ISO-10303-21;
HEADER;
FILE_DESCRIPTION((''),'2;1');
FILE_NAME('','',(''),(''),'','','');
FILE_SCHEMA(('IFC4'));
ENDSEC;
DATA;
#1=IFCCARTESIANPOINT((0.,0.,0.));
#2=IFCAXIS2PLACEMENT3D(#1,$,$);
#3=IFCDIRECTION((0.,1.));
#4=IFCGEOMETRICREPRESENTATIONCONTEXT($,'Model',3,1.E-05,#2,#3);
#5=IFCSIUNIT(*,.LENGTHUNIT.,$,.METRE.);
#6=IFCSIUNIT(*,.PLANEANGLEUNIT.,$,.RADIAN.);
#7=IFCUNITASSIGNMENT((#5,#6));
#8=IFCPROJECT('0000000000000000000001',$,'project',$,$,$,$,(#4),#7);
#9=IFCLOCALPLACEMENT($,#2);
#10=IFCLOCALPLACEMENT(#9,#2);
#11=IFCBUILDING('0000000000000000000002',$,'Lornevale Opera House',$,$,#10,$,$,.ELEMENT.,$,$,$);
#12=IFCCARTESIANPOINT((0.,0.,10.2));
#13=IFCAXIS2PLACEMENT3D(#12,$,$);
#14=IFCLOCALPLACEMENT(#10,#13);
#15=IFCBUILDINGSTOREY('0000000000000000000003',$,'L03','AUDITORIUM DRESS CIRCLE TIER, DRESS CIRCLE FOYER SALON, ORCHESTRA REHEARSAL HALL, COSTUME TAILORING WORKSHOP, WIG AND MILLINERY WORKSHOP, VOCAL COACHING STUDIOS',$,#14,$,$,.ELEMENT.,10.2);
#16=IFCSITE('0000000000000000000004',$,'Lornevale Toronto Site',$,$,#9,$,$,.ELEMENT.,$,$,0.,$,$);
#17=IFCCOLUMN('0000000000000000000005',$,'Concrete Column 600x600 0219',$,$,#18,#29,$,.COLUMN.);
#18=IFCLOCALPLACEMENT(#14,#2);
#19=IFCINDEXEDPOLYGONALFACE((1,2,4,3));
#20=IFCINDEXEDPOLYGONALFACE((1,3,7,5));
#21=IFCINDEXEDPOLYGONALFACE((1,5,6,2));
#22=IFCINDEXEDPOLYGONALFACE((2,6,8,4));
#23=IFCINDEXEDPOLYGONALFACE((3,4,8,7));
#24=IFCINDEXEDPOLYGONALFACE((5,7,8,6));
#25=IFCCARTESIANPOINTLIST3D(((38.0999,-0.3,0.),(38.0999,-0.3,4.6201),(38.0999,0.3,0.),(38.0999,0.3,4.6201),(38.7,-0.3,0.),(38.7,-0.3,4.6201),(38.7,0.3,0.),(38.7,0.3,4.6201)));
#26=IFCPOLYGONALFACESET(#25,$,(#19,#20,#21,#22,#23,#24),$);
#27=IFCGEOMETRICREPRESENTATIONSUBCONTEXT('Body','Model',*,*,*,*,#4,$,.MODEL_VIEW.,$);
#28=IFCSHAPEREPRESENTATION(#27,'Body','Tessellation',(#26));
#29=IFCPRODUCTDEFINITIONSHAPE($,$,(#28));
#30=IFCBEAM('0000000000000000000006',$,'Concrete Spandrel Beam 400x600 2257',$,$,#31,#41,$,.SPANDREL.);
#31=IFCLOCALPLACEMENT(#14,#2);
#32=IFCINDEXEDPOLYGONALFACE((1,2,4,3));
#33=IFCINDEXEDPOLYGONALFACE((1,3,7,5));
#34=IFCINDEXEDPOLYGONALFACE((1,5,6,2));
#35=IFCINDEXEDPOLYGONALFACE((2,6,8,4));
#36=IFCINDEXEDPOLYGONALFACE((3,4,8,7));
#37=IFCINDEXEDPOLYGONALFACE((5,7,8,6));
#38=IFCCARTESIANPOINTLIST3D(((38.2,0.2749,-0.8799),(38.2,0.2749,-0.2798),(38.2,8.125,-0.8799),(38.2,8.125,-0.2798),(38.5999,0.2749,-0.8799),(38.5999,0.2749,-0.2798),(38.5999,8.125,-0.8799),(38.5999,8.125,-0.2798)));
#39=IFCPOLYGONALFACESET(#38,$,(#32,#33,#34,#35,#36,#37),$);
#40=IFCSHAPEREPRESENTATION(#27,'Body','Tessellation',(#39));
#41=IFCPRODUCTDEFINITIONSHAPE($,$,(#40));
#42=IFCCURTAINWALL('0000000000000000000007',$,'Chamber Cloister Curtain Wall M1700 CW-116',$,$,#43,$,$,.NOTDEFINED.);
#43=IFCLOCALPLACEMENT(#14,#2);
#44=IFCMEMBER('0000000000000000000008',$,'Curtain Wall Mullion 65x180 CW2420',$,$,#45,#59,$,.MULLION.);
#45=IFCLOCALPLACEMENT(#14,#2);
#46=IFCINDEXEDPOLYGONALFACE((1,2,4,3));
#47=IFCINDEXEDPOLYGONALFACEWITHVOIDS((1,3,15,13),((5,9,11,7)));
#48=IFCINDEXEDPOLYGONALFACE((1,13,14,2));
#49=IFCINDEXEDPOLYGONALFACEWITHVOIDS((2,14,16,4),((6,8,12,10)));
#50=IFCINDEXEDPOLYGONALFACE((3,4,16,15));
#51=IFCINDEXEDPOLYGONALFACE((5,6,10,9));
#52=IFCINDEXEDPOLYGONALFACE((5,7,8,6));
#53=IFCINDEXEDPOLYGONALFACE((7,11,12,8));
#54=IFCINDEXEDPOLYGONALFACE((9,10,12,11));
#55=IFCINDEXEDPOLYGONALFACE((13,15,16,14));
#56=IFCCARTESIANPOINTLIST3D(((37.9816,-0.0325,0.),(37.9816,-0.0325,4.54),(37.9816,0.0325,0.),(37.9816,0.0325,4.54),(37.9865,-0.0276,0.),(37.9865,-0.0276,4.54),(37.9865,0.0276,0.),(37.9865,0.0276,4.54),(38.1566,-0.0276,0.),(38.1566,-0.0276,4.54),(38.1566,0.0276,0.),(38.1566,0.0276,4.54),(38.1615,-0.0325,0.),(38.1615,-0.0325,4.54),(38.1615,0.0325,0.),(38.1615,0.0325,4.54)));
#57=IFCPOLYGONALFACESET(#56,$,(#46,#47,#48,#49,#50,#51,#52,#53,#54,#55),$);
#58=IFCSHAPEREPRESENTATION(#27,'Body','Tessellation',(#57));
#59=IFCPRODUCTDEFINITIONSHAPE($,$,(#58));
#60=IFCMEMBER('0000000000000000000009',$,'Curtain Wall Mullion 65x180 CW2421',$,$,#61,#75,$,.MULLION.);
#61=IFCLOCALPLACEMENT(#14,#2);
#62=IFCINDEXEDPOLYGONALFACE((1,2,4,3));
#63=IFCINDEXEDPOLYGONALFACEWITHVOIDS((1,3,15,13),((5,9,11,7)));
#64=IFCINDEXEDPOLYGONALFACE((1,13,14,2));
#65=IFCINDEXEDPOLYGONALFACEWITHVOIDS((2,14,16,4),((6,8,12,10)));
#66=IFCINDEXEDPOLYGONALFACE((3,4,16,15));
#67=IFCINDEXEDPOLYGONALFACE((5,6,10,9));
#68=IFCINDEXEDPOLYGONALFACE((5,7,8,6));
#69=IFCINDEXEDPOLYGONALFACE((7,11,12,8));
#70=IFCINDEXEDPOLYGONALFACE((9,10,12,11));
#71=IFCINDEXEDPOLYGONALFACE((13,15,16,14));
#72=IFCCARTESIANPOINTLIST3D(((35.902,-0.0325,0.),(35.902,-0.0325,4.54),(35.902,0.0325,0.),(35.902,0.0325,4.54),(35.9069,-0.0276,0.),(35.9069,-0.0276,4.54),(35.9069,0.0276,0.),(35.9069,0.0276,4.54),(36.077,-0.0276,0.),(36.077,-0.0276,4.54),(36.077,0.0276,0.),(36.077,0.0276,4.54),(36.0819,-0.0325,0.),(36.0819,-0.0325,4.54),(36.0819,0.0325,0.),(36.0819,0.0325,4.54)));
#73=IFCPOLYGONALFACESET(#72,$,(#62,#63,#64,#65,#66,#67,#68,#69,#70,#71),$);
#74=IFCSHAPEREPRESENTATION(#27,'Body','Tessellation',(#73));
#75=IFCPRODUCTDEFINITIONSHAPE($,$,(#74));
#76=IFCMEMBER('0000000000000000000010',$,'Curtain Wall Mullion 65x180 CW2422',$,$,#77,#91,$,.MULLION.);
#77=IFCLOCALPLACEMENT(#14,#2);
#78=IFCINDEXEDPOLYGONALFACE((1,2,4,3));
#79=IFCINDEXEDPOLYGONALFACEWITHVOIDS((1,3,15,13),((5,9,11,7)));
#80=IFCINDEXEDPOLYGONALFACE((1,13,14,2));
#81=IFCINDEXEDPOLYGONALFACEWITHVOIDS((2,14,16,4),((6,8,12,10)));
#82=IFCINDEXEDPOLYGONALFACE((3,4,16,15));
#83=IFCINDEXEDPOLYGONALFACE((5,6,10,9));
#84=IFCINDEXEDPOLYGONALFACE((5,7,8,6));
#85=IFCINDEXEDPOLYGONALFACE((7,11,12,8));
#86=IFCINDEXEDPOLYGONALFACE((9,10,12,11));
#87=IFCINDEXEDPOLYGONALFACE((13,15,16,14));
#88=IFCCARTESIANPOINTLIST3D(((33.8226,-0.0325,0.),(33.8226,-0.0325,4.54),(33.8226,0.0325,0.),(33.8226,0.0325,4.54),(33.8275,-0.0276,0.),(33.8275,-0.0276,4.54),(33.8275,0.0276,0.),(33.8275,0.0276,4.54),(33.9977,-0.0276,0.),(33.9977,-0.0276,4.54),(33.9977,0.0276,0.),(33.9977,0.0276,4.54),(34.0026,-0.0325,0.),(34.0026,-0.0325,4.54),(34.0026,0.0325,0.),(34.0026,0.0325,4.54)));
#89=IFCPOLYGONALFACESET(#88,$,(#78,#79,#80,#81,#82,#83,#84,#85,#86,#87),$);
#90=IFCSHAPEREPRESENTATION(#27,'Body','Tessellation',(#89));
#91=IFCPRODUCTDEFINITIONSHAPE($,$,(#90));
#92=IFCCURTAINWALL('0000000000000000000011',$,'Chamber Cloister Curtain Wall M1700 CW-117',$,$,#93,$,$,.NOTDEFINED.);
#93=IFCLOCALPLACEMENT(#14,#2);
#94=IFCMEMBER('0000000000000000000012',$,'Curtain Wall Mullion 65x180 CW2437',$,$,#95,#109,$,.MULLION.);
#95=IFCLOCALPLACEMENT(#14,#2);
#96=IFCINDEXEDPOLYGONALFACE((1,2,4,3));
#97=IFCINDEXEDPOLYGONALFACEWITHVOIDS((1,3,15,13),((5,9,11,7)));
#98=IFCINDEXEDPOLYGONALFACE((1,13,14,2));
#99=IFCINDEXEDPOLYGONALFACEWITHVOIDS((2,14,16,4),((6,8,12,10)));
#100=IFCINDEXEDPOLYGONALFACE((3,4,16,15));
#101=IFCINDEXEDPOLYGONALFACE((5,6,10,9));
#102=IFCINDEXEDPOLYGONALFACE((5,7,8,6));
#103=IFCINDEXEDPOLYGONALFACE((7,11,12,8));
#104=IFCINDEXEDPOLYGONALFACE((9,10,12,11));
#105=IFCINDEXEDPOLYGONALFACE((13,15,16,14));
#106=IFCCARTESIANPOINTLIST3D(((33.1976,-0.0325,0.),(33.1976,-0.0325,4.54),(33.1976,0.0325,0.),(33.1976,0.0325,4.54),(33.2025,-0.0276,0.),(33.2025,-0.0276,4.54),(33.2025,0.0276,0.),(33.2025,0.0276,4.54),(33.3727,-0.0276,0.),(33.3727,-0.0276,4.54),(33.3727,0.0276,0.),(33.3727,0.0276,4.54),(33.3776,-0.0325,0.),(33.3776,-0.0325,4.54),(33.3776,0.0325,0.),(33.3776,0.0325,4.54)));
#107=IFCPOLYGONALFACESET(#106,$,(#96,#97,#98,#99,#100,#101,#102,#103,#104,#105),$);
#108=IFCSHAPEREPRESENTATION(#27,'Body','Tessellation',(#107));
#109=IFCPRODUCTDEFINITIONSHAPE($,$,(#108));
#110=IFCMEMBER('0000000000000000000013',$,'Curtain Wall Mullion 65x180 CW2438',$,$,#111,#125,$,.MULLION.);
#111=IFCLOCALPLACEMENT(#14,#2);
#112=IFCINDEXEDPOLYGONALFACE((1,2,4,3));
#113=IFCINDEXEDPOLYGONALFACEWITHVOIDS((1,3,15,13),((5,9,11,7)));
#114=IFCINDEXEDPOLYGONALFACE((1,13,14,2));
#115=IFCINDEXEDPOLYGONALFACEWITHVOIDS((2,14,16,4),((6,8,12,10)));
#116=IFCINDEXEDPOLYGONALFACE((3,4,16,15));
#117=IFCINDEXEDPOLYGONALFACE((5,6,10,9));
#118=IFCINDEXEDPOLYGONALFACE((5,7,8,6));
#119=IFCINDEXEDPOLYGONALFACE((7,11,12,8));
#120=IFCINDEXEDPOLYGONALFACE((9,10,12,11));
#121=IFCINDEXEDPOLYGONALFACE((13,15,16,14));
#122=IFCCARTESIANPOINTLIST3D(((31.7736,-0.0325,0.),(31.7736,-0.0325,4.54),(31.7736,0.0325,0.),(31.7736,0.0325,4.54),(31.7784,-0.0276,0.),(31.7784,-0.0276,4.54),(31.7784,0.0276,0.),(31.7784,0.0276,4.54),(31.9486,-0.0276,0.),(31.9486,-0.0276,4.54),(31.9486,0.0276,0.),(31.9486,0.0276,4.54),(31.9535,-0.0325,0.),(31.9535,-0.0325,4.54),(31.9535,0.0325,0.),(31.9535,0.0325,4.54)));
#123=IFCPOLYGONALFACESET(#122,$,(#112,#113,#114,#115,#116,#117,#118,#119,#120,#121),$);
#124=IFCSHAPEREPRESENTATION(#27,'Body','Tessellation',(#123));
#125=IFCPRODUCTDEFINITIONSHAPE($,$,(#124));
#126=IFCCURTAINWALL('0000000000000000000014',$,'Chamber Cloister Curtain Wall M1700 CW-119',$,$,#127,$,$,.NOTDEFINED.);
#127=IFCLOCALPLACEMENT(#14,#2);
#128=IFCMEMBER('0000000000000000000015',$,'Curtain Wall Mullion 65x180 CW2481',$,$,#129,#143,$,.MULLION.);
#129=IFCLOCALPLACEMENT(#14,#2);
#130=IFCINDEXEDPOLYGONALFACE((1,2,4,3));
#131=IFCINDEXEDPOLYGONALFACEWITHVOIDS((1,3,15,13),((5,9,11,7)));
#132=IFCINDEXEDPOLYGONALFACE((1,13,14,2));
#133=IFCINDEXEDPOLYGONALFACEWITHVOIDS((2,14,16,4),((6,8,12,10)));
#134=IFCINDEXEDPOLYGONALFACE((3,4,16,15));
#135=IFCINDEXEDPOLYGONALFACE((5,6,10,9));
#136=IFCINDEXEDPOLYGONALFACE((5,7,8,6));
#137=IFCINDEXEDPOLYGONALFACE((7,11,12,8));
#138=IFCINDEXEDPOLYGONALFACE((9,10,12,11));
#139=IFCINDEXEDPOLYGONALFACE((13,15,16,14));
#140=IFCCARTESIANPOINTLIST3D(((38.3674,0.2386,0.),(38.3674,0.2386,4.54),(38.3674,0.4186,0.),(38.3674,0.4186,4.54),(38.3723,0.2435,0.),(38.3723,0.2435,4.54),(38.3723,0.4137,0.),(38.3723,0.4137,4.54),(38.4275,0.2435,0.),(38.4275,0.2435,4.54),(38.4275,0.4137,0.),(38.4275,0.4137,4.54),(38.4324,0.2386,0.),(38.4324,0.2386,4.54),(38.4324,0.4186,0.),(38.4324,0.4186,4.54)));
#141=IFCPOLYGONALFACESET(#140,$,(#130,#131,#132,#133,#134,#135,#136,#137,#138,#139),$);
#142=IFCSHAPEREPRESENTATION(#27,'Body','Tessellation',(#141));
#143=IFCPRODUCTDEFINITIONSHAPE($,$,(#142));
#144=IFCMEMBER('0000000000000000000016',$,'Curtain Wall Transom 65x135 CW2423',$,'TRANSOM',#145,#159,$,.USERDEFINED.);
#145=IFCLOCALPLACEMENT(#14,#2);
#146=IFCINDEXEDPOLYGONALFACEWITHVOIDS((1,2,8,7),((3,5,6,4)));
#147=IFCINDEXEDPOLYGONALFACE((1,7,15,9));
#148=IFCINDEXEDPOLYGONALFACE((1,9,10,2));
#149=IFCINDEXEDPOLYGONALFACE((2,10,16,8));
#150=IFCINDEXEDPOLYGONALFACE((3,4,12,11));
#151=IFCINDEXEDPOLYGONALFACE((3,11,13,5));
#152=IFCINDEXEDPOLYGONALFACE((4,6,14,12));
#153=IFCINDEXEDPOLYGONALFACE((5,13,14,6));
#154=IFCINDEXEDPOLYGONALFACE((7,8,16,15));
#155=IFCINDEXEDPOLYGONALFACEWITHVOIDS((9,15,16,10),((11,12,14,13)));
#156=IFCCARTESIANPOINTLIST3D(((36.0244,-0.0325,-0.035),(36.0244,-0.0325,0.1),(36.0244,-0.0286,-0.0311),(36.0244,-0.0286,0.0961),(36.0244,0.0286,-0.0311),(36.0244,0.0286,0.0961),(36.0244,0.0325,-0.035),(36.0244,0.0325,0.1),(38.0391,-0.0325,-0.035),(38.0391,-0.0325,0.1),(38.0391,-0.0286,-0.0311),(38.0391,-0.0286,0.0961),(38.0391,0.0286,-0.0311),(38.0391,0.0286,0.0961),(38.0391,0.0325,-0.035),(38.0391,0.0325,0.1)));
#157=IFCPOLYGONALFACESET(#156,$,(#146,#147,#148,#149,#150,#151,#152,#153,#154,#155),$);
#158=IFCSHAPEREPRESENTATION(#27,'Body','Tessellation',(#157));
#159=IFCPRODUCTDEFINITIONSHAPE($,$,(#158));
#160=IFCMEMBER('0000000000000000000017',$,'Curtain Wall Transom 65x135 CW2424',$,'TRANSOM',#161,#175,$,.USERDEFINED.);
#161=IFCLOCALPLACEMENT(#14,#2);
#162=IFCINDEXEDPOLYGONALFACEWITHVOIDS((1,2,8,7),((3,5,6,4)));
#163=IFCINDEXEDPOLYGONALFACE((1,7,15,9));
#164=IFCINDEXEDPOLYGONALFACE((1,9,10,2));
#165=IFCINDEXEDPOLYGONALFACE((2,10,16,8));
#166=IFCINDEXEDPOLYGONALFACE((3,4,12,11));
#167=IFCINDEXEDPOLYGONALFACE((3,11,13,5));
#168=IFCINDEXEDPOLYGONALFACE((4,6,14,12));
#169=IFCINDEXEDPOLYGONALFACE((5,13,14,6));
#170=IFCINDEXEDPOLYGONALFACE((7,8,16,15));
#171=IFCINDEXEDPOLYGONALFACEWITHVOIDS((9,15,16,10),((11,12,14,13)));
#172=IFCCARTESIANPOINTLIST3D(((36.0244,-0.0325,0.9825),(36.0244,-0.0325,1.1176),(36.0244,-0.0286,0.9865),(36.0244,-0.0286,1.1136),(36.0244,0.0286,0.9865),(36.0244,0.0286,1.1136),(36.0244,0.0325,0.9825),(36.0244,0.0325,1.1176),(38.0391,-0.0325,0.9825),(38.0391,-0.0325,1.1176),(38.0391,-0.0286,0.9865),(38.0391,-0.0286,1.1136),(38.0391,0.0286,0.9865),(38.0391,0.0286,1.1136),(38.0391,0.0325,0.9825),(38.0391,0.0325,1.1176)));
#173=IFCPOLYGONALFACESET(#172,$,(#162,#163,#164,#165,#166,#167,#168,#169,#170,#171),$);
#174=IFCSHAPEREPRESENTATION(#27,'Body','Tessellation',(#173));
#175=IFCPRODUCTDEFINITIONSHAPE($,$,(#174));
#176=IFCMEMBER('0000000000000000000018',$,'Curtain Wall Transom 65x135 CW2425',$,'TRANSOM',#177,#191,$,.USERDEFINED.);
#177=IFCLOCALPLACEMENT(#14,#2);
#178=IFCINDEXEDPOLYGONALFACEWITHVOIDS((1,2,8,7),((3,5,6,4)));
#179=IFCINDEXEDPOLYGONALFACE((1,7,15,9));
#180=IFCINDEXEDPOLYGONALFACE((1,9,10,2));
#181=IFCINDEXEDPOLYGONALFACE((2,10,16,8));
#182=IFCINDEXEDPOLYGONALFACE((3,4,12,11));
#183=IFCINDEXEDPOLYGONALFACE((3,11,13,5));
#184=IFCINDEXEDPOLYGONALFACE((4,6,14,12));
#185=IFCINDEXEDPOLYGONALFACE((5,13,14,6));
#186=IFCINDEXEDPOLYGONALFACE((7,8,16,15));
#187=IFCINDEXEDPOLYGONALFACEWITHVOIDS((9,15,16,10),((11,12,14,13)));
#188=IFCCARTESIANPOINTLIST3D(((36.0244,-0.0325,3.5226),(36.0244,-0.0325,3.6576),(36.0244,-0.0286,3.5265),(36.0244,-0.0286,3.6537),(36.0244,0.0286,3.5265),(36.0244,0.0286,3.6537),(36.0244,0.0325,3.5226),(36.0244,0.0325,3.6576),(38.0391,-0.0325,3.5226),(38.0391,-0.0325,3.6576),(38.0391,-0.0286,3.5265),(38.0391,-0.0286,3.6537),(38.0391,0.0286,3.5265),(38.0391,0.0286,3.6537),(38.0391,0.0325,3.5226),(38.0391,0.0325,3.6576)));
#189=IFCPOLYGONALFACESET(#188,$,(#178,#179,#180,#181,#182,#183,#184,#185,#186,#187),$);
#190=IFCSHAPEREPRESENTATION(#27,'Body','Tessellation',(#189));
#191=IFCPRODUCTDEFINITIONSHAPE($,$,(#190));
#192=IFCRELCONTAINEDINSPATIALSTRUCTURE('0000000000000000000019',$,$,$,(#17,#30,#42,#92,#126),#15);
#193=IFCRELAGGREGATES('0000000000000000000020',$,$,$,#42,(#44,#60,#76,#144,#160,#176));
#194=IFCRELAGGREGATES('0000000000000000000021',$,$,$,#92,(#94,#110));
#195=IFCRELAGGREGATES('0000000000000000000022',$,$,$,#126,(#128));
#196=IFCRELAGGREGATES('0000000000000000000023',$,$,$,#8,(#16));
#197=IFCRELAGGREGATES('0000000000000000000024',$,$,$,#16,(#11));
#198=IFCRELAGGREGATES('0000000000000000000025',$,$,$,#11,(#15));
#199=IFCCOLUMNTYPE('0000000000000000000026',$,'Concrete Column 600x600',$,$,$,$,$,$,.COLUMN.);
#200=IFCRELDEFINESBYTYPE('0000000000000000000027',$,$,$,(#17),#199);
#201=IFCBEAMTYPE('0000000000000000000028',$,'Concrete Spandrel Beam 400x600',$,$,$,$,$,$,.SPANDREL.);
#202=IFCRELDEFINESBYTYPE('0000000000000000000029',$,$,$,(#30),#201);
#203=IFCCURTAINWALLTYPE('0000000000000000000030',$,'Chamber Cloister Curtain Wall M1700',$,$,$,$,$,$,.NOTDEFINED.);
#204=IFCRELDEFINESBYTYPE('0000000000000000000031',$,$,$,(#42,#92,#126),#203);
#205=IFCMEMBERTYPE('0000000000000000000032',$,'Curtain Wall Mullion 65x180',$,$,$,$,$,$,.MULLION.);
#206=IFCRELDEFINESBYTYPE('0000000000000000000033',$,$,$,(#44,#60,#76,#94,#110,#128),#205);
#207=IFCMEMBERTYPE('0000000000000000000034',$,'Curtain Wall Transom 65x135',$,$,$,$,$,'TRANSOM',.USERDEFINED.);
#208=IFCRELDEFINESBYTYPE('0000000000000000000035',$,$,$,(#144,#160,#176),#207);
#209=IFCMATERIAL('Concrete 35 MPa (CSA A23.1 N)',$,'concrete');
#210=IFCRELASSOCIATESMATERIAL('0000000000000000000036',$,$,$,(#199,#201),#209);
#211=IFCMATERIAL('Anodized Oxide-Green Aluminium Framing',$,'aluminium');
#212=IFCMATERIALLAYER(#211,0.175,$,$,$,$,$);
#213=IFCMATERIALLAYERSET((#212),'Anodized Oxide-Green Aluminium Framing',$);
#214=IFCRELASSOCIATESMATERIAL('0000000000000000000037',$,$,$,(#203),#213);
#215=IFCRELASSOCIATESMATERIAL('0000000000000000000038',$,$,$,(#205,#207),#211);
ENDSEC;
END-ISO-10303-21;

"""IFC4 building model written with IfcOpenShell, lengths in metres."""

from ifc_helpers import new_model, si_unit, direction, frame, origin, origin_2d, place, context, subcontext, project, spatial, rectangle, hollow_rectangle, extrude, material, layer, layer_set, material_profile, profile_set, type_object, element, aggregate, save


model = new_model("IFC4")

# Units and contexts
model_context = context("Model", 3, precision=1e-05, world=origin(), true_north=direction((0.0, 1.0)))
body_context = subcontext(model_context, "Body", "Model", "MODEL_VIEW")
ifc_project = project(units=[si_unit("LENGTHUNIT", "METRE"), si_unit("PLANEANGLEUNIT", "RADIAN")], contexts=[model_context])

# Site, building, storey
site_placement = place(None, origin())
site = spatial("IfcSite", under=ifc_project, at=site_placement, Name="Lornevale Toronto Site", CompositionType="ELEMENT", RefElevation=0.0)
building_placement = place(site_placement, origin())
building = spatial("IfcBuilding", under=site, at=building_placement, Name="Lornevale Opera House", CompositionType="ELEMENT")
storey_placement = place(building_placement, frame((0.0, 0.0, 10.2)))
storey = spatial("IfcBuildingStorey", under=building, at=storey_placement, Name="L03", Description="AUDITORIUM DRESS CIRCLE TIER, DRESS CIRCLE FOYER SALON, ORCHESTRA REHEARSAL HALL, COSTUME TAILORING WORKSHOP, WIG AND MILLINERY WORKSHOP, VOCAL COACHING STUDIOS", CompositionType="ELEMENT", Elevation=10.2)

# Column
ifc_material_1 = material(Name="Concrete 35 MPa (CSA A23.1 N)", Category="concrete")
ifc_material_profile_1 = material_profile(ifc_material_1, rectangle(XDim=0.6001, YDim=0.6001, at=origin_2d()), Name="RC600x600")
ifc_profile_set_1 = profile_set([ifc_material_profile_1], Name="Concrete 35 MPa (CSA A23.1 N)")
column_type = type_object("IfcColumnType", Name="Concrete Column 600x600", PredefinedType="COLUMN", material=ifc_profile_set_1)
column_placement = place(storey_placement, frame((38.3999, 0.0, 0.0), z_axis=(0.0, 0.0, 1.0), x_axis=(1.0, 0.0, 0.0)))
element("IfcColumn", 1, at=column_placement, inside=storey, type_object=column_type, Name="Concrete Column 600x600 0219", PredefinedType="COLUMN", context=body_context, shape_type="SweptSolid", body=[
    extrude(rectangle(XDim=0.6001, YDim=0.6001, at=origin_2d()), origin(), (0.0, 0.0, 1.0), 4.6201),
])

# Beam
ifc_material_profile_2 = material_profile(ifc_material_1, rectangle(XDim=0.3999, YDim=0.6001, at=origin_2d()), Name="RC400x600")
ifc_profile_set_2 = profile_set([ifc_material_profile_2], Name="Concrete 35 MPa (CSA A23.1 N)")
beam_type = type_object("IfcBeamType", Name="Concrete Spandrel Beam 400x600", PredefinedType="SPANDREL", material=ifc_profile_set_2)
beam_placement = place(storey_placement, frame((38.3999, 0.2749, -0.5798), z_axis=(0.0, 1.0, 0.0), x_axis=(-1.0, 0.0, 0.0)))
element("IfcBeam", 2, at=beam_placement, inside=storey, type_object=beam_type, Name="Concrete Spandrel Beam 400x600 2257", PredefinedType="SPANDREL", context=body_context, shape_type="SweptSolid", body=[
    extrude(rectangle(XDim=0.3999, YDim=0.6001, at=origin_2d()), origin(), (0.0, 0.0, 1.0), 7.8501),
])

# Curtain walls, members
ifc_material_2 = material(Name="Anodized Oxide-Green Aluminium Framing", Category="aluminium")
ifc_layer_1 = layer(ifc_material_2, 0.175)
ifc_layer_set_1 = layer_set([ifc_layer_1], Name="Anodized Oxide-Green Aluminium Framing")
curtain_wall_type = type_object("IfcCurtainWallType", Name="Chamber Cloister Curtain Wall M1700", PredefinedType="NOTDEFINED", material=ifc_layer_set_1)
curtain_wall_1_placement = place(storey_placement, origin())
curtain_wall_1 = element("IfcCurtainWall", 3, at=curtain_wall_1_placement, inside=storey, type_object=curtain_wall_type, Name="Chamber Cloister Curtain Wall M1700 CW-116", PredefinedType="NOTDEFINED")
ifc_material_profile_3 = material_profile(ifc_material_2, hollow_rectangle(XDim=0.0649, YDim=0.1799, WallThickness=0.0049, at=origin_2d()), Name="ALU65x180x5")
ifc_profile_set_3 = profile_set([ifc_material_profile_3], Name="Anodized Oxide-Green Aluminium Framing")
member_type_1 = type_object("IfcMemberType", Name="Curtain Wall Mullion 65x180", PredefinedType="MULLION", material=ifc_profile_set_3)
member_1_placement = place(storey_placement, frame((38.0715, 0.0, 0.0), z_axis=(0.0, 0.0, 1.0), x_axis=(0.0, -1.0, 0.0)))
member_1 = element("IfcMember", 4, at=member_1_placement, type_object=member_type_1, Name="Curtain Wall Mullion 65x180 CW2420", PredefinedType="MULLION", context=body_context, shape_type="SweptSolid", body=[
    extrude(hollow_rectangle(XDim=0.0649, YDim=0.1799, WallThickness=0.0049, at=origin_2d()), origin(), (0.0, 0.0, 1.0), 4.54),
])
member_2_placement = place(storey_placement, frame((35.9919, 0.0, 0.0), z_axis=(0.0, 0.0, 1.0), x_axis=(0.0, -1.0, 0.0)))
member_2 = element("IfcMember", 5, at=member_2_placement, type_object=member_type_1, Name="Curtain Wall Mullion 65x180 CW2421", PredefinedType="MULLION", context=body_context, shape_type="SweptSolid", body=[
    extrude(hollow_rectangle(XDim=0.0649, YDim=0.1799, WallThickness=0.0049, at=origin_2d()), origin(), (0.0, 0.0, 1.0), 4.54),
])
member_3_placement = place(storey_placement, frame((33.9126, 0.0, 0.0), z_axis=(0.0, 0.0, 1.0), x_axis=(0.0, -1.0, 0.0)))
member_3 = element("IfcMember", 6, at=member_3_placement, type_object=member_type_1, Name="Curtain Wall Mullion 65x180 CW2422", PredefinedType="MULLION", context=body_context, shape_type="SweptSolid", body=[
    extrude(hollow_rectangle(XDim=0.0649, YDim=0.1799, WallThickness=0.0049, at=origin_2d()), origin(), (0.0, 0.0, 1.0), 4.54),
])
curtain_wall_2_placement = place(storey_placement, origin())
curtain_wall_2 = element("IfcCurtainWall", 7, at=curtain_wall_2_placement, inside=storey, type_object=curtain_wall_type, Name="Chamber Cloister Curtain Wall M1700 CW-117", PredefinedType="NOTDEFINED")
member_4_placement = place(storey_placement, frame((33.2876, 0.0, 0.0), z_axis=(0.0, 0.0, 1.0), x_axis=(0.0, -1.0, 0.0)))
member_4 = element("IfcMember", 8, at=member_4_placement, type_object=member_type_1, Name="Curtain Wall Mullion 65x180 CW2437", PredefinedType="MULLION", context=body_context, shape_type="SweptSolid", body=[
    extrude(hollow_rectangle(XDim=0.0649, YDim=0.1799, WallThickness=0.0049, at=origin_2d()), origin(), (0.0, 0.0, 1.0), 4.54),
])
member_5_placement = place(storey_placement, frame((31.8635, 0.0, 0.0), z_axis=(0.0, 0.0, 1.0), x_axis=(0.0, -1.0, 0.0)))
member_5 = element("IfcMember", 9, at=member_5_placement, type_object=member_type_1, Name="Curtain Wall Mullion 65x180 CW2438", PredefinedType="MULLION", context=body_context, shape_type="SweptSolid", body=[
    extrude(hollow_rectangle(XDim=0.0649, YDim=0.1799, WallThickness=0.0049, at=origin_2d()), origin(), (0.0, 0.0, 1.0), 4.54),
])

# Curtain wall, member
curtain_wall_3_placement = place(storey_placement, origin())
curtain_wall_3 = element("IfcCurtainWall", 10, at=curtain_wall_3_placement, inside=storey, type_object=curtain_wall_type, Name="Chamber Cloister Curtain Wall M1700 CW-119", PredefinedType="NOTDEFINED")
member_6_placement = place(storey_placement, frame((38.3999, 0.3286, 0.0), z_axis=(0.0, 0.0, 1.0), x_axis=(1.0, 0.0, 0.0)))
member_6 = element("IfcMember", 11, at=member_6_placement, type_object=member_type_1, Name="Curtain Wall Mullion 65x180 CW2481", PredefinedType="MULLION", context=body_context, shape_type="SweptSolid", body=[
    extrude(hollow_rectangle(XDim=0.0649, YDim=0.1799, WallThickness=0.0049, at=origin_2d()), origin(), (0.0, 0.0, 1.0), 4.54),
])

# Members
ifc_material_profile_4 = material_profile(ifc_material_2, hollow_rectangle(XDim=0.0649, YDim=0.135, WallThickness=0.0039, at=origin_2d()), Name="ALU65x135x4")
ifc_profile_set_4 = profile_set([ifc_material_profile_4], Name="Anodized Oxide-Green Aluminium Framing")
member_type_2 = type_object("IfcMemberType", Name="Curtain Wall Transom 65x135", ElementType="TRANSOM", PredefinedType="USERDEFINED", material=ifc_profile_set_4)
member_7_placement = place(storey_placement, frame((38.0391, 0.0, 0.0325), z_axis=(-1.0, 0.0, 0.0), x_axis=(0.0, -1.0, 0.0)))
member_7 = element("IfcMember", 12, at=member_7_placement, type_object=member_type_2, Name="Curtain Wall Transom 65x135 CW2423", ObjectType="TRANSOM", PredefinedType="USERDEFINED", context=body_context, shape_type="SweptSolid", body=[
    extrude(hollow_rectangle(XDim=0.0649, YDim=0.135, WallThickness=0.0039, at=origin_2d()), origin(), (0.0, 0.0, 1.0), 2.0146),
])
member_8_placement = place(storey_placement, frame((38.0391, 0.0, 1.05), z_axis=(-1.0, 0.0, 0.0), x_axis=(0.0, -1.0, 0.0)))
member_8 = element("IfcMember", 13, at=member_8_placement, type_object=member_type_2, Name="Curtain Wall Transom 65x135 CW2424", ObjectType="TRANSOM", PredefinedType="USERDEFINED", context=body_context, shape_type="SweptSolid", body=[
    extrude(hollow_rectangle(XDim=0.0649, YDim=0.135, WallThickness=0.0039, at=origin_2d()), origin(), (0.0, 0.0, 1.0), 2.0146),
])
member_9_placement = place(storey_placement, frame((38.0391, 0.0, 3.5901), z_axis=(-1.0, 0.0, 0.0), x_axis=(0.0, -1.0, 0.0)))
member_9 = element("IfcMember", 14, at=member_9_placement, type_object=member_type_2, Name="Curtain Wall Transom 65x135 CW2425", ObjectType="TRANSOM", PredefinedType="USERDEFINED", context=body_context, shape_type="SweptSolid", body=[
    extrude(hollow_rectangle(XDim=0.0649, YDim=0.135, WallThickness=0.0039, at=origin_2d()), origin(), (0.0, 0.0, 1.0), 2.0146),
])

aggregate(curtain_wall_1, [member_1, member_2, member_3, member_7, member_8, member_9])
aggregate(curtain_wall_2, [member_4, member_5])
aggregate(curtain_wall_3, [member_6])

save(model, "model.ifc")
